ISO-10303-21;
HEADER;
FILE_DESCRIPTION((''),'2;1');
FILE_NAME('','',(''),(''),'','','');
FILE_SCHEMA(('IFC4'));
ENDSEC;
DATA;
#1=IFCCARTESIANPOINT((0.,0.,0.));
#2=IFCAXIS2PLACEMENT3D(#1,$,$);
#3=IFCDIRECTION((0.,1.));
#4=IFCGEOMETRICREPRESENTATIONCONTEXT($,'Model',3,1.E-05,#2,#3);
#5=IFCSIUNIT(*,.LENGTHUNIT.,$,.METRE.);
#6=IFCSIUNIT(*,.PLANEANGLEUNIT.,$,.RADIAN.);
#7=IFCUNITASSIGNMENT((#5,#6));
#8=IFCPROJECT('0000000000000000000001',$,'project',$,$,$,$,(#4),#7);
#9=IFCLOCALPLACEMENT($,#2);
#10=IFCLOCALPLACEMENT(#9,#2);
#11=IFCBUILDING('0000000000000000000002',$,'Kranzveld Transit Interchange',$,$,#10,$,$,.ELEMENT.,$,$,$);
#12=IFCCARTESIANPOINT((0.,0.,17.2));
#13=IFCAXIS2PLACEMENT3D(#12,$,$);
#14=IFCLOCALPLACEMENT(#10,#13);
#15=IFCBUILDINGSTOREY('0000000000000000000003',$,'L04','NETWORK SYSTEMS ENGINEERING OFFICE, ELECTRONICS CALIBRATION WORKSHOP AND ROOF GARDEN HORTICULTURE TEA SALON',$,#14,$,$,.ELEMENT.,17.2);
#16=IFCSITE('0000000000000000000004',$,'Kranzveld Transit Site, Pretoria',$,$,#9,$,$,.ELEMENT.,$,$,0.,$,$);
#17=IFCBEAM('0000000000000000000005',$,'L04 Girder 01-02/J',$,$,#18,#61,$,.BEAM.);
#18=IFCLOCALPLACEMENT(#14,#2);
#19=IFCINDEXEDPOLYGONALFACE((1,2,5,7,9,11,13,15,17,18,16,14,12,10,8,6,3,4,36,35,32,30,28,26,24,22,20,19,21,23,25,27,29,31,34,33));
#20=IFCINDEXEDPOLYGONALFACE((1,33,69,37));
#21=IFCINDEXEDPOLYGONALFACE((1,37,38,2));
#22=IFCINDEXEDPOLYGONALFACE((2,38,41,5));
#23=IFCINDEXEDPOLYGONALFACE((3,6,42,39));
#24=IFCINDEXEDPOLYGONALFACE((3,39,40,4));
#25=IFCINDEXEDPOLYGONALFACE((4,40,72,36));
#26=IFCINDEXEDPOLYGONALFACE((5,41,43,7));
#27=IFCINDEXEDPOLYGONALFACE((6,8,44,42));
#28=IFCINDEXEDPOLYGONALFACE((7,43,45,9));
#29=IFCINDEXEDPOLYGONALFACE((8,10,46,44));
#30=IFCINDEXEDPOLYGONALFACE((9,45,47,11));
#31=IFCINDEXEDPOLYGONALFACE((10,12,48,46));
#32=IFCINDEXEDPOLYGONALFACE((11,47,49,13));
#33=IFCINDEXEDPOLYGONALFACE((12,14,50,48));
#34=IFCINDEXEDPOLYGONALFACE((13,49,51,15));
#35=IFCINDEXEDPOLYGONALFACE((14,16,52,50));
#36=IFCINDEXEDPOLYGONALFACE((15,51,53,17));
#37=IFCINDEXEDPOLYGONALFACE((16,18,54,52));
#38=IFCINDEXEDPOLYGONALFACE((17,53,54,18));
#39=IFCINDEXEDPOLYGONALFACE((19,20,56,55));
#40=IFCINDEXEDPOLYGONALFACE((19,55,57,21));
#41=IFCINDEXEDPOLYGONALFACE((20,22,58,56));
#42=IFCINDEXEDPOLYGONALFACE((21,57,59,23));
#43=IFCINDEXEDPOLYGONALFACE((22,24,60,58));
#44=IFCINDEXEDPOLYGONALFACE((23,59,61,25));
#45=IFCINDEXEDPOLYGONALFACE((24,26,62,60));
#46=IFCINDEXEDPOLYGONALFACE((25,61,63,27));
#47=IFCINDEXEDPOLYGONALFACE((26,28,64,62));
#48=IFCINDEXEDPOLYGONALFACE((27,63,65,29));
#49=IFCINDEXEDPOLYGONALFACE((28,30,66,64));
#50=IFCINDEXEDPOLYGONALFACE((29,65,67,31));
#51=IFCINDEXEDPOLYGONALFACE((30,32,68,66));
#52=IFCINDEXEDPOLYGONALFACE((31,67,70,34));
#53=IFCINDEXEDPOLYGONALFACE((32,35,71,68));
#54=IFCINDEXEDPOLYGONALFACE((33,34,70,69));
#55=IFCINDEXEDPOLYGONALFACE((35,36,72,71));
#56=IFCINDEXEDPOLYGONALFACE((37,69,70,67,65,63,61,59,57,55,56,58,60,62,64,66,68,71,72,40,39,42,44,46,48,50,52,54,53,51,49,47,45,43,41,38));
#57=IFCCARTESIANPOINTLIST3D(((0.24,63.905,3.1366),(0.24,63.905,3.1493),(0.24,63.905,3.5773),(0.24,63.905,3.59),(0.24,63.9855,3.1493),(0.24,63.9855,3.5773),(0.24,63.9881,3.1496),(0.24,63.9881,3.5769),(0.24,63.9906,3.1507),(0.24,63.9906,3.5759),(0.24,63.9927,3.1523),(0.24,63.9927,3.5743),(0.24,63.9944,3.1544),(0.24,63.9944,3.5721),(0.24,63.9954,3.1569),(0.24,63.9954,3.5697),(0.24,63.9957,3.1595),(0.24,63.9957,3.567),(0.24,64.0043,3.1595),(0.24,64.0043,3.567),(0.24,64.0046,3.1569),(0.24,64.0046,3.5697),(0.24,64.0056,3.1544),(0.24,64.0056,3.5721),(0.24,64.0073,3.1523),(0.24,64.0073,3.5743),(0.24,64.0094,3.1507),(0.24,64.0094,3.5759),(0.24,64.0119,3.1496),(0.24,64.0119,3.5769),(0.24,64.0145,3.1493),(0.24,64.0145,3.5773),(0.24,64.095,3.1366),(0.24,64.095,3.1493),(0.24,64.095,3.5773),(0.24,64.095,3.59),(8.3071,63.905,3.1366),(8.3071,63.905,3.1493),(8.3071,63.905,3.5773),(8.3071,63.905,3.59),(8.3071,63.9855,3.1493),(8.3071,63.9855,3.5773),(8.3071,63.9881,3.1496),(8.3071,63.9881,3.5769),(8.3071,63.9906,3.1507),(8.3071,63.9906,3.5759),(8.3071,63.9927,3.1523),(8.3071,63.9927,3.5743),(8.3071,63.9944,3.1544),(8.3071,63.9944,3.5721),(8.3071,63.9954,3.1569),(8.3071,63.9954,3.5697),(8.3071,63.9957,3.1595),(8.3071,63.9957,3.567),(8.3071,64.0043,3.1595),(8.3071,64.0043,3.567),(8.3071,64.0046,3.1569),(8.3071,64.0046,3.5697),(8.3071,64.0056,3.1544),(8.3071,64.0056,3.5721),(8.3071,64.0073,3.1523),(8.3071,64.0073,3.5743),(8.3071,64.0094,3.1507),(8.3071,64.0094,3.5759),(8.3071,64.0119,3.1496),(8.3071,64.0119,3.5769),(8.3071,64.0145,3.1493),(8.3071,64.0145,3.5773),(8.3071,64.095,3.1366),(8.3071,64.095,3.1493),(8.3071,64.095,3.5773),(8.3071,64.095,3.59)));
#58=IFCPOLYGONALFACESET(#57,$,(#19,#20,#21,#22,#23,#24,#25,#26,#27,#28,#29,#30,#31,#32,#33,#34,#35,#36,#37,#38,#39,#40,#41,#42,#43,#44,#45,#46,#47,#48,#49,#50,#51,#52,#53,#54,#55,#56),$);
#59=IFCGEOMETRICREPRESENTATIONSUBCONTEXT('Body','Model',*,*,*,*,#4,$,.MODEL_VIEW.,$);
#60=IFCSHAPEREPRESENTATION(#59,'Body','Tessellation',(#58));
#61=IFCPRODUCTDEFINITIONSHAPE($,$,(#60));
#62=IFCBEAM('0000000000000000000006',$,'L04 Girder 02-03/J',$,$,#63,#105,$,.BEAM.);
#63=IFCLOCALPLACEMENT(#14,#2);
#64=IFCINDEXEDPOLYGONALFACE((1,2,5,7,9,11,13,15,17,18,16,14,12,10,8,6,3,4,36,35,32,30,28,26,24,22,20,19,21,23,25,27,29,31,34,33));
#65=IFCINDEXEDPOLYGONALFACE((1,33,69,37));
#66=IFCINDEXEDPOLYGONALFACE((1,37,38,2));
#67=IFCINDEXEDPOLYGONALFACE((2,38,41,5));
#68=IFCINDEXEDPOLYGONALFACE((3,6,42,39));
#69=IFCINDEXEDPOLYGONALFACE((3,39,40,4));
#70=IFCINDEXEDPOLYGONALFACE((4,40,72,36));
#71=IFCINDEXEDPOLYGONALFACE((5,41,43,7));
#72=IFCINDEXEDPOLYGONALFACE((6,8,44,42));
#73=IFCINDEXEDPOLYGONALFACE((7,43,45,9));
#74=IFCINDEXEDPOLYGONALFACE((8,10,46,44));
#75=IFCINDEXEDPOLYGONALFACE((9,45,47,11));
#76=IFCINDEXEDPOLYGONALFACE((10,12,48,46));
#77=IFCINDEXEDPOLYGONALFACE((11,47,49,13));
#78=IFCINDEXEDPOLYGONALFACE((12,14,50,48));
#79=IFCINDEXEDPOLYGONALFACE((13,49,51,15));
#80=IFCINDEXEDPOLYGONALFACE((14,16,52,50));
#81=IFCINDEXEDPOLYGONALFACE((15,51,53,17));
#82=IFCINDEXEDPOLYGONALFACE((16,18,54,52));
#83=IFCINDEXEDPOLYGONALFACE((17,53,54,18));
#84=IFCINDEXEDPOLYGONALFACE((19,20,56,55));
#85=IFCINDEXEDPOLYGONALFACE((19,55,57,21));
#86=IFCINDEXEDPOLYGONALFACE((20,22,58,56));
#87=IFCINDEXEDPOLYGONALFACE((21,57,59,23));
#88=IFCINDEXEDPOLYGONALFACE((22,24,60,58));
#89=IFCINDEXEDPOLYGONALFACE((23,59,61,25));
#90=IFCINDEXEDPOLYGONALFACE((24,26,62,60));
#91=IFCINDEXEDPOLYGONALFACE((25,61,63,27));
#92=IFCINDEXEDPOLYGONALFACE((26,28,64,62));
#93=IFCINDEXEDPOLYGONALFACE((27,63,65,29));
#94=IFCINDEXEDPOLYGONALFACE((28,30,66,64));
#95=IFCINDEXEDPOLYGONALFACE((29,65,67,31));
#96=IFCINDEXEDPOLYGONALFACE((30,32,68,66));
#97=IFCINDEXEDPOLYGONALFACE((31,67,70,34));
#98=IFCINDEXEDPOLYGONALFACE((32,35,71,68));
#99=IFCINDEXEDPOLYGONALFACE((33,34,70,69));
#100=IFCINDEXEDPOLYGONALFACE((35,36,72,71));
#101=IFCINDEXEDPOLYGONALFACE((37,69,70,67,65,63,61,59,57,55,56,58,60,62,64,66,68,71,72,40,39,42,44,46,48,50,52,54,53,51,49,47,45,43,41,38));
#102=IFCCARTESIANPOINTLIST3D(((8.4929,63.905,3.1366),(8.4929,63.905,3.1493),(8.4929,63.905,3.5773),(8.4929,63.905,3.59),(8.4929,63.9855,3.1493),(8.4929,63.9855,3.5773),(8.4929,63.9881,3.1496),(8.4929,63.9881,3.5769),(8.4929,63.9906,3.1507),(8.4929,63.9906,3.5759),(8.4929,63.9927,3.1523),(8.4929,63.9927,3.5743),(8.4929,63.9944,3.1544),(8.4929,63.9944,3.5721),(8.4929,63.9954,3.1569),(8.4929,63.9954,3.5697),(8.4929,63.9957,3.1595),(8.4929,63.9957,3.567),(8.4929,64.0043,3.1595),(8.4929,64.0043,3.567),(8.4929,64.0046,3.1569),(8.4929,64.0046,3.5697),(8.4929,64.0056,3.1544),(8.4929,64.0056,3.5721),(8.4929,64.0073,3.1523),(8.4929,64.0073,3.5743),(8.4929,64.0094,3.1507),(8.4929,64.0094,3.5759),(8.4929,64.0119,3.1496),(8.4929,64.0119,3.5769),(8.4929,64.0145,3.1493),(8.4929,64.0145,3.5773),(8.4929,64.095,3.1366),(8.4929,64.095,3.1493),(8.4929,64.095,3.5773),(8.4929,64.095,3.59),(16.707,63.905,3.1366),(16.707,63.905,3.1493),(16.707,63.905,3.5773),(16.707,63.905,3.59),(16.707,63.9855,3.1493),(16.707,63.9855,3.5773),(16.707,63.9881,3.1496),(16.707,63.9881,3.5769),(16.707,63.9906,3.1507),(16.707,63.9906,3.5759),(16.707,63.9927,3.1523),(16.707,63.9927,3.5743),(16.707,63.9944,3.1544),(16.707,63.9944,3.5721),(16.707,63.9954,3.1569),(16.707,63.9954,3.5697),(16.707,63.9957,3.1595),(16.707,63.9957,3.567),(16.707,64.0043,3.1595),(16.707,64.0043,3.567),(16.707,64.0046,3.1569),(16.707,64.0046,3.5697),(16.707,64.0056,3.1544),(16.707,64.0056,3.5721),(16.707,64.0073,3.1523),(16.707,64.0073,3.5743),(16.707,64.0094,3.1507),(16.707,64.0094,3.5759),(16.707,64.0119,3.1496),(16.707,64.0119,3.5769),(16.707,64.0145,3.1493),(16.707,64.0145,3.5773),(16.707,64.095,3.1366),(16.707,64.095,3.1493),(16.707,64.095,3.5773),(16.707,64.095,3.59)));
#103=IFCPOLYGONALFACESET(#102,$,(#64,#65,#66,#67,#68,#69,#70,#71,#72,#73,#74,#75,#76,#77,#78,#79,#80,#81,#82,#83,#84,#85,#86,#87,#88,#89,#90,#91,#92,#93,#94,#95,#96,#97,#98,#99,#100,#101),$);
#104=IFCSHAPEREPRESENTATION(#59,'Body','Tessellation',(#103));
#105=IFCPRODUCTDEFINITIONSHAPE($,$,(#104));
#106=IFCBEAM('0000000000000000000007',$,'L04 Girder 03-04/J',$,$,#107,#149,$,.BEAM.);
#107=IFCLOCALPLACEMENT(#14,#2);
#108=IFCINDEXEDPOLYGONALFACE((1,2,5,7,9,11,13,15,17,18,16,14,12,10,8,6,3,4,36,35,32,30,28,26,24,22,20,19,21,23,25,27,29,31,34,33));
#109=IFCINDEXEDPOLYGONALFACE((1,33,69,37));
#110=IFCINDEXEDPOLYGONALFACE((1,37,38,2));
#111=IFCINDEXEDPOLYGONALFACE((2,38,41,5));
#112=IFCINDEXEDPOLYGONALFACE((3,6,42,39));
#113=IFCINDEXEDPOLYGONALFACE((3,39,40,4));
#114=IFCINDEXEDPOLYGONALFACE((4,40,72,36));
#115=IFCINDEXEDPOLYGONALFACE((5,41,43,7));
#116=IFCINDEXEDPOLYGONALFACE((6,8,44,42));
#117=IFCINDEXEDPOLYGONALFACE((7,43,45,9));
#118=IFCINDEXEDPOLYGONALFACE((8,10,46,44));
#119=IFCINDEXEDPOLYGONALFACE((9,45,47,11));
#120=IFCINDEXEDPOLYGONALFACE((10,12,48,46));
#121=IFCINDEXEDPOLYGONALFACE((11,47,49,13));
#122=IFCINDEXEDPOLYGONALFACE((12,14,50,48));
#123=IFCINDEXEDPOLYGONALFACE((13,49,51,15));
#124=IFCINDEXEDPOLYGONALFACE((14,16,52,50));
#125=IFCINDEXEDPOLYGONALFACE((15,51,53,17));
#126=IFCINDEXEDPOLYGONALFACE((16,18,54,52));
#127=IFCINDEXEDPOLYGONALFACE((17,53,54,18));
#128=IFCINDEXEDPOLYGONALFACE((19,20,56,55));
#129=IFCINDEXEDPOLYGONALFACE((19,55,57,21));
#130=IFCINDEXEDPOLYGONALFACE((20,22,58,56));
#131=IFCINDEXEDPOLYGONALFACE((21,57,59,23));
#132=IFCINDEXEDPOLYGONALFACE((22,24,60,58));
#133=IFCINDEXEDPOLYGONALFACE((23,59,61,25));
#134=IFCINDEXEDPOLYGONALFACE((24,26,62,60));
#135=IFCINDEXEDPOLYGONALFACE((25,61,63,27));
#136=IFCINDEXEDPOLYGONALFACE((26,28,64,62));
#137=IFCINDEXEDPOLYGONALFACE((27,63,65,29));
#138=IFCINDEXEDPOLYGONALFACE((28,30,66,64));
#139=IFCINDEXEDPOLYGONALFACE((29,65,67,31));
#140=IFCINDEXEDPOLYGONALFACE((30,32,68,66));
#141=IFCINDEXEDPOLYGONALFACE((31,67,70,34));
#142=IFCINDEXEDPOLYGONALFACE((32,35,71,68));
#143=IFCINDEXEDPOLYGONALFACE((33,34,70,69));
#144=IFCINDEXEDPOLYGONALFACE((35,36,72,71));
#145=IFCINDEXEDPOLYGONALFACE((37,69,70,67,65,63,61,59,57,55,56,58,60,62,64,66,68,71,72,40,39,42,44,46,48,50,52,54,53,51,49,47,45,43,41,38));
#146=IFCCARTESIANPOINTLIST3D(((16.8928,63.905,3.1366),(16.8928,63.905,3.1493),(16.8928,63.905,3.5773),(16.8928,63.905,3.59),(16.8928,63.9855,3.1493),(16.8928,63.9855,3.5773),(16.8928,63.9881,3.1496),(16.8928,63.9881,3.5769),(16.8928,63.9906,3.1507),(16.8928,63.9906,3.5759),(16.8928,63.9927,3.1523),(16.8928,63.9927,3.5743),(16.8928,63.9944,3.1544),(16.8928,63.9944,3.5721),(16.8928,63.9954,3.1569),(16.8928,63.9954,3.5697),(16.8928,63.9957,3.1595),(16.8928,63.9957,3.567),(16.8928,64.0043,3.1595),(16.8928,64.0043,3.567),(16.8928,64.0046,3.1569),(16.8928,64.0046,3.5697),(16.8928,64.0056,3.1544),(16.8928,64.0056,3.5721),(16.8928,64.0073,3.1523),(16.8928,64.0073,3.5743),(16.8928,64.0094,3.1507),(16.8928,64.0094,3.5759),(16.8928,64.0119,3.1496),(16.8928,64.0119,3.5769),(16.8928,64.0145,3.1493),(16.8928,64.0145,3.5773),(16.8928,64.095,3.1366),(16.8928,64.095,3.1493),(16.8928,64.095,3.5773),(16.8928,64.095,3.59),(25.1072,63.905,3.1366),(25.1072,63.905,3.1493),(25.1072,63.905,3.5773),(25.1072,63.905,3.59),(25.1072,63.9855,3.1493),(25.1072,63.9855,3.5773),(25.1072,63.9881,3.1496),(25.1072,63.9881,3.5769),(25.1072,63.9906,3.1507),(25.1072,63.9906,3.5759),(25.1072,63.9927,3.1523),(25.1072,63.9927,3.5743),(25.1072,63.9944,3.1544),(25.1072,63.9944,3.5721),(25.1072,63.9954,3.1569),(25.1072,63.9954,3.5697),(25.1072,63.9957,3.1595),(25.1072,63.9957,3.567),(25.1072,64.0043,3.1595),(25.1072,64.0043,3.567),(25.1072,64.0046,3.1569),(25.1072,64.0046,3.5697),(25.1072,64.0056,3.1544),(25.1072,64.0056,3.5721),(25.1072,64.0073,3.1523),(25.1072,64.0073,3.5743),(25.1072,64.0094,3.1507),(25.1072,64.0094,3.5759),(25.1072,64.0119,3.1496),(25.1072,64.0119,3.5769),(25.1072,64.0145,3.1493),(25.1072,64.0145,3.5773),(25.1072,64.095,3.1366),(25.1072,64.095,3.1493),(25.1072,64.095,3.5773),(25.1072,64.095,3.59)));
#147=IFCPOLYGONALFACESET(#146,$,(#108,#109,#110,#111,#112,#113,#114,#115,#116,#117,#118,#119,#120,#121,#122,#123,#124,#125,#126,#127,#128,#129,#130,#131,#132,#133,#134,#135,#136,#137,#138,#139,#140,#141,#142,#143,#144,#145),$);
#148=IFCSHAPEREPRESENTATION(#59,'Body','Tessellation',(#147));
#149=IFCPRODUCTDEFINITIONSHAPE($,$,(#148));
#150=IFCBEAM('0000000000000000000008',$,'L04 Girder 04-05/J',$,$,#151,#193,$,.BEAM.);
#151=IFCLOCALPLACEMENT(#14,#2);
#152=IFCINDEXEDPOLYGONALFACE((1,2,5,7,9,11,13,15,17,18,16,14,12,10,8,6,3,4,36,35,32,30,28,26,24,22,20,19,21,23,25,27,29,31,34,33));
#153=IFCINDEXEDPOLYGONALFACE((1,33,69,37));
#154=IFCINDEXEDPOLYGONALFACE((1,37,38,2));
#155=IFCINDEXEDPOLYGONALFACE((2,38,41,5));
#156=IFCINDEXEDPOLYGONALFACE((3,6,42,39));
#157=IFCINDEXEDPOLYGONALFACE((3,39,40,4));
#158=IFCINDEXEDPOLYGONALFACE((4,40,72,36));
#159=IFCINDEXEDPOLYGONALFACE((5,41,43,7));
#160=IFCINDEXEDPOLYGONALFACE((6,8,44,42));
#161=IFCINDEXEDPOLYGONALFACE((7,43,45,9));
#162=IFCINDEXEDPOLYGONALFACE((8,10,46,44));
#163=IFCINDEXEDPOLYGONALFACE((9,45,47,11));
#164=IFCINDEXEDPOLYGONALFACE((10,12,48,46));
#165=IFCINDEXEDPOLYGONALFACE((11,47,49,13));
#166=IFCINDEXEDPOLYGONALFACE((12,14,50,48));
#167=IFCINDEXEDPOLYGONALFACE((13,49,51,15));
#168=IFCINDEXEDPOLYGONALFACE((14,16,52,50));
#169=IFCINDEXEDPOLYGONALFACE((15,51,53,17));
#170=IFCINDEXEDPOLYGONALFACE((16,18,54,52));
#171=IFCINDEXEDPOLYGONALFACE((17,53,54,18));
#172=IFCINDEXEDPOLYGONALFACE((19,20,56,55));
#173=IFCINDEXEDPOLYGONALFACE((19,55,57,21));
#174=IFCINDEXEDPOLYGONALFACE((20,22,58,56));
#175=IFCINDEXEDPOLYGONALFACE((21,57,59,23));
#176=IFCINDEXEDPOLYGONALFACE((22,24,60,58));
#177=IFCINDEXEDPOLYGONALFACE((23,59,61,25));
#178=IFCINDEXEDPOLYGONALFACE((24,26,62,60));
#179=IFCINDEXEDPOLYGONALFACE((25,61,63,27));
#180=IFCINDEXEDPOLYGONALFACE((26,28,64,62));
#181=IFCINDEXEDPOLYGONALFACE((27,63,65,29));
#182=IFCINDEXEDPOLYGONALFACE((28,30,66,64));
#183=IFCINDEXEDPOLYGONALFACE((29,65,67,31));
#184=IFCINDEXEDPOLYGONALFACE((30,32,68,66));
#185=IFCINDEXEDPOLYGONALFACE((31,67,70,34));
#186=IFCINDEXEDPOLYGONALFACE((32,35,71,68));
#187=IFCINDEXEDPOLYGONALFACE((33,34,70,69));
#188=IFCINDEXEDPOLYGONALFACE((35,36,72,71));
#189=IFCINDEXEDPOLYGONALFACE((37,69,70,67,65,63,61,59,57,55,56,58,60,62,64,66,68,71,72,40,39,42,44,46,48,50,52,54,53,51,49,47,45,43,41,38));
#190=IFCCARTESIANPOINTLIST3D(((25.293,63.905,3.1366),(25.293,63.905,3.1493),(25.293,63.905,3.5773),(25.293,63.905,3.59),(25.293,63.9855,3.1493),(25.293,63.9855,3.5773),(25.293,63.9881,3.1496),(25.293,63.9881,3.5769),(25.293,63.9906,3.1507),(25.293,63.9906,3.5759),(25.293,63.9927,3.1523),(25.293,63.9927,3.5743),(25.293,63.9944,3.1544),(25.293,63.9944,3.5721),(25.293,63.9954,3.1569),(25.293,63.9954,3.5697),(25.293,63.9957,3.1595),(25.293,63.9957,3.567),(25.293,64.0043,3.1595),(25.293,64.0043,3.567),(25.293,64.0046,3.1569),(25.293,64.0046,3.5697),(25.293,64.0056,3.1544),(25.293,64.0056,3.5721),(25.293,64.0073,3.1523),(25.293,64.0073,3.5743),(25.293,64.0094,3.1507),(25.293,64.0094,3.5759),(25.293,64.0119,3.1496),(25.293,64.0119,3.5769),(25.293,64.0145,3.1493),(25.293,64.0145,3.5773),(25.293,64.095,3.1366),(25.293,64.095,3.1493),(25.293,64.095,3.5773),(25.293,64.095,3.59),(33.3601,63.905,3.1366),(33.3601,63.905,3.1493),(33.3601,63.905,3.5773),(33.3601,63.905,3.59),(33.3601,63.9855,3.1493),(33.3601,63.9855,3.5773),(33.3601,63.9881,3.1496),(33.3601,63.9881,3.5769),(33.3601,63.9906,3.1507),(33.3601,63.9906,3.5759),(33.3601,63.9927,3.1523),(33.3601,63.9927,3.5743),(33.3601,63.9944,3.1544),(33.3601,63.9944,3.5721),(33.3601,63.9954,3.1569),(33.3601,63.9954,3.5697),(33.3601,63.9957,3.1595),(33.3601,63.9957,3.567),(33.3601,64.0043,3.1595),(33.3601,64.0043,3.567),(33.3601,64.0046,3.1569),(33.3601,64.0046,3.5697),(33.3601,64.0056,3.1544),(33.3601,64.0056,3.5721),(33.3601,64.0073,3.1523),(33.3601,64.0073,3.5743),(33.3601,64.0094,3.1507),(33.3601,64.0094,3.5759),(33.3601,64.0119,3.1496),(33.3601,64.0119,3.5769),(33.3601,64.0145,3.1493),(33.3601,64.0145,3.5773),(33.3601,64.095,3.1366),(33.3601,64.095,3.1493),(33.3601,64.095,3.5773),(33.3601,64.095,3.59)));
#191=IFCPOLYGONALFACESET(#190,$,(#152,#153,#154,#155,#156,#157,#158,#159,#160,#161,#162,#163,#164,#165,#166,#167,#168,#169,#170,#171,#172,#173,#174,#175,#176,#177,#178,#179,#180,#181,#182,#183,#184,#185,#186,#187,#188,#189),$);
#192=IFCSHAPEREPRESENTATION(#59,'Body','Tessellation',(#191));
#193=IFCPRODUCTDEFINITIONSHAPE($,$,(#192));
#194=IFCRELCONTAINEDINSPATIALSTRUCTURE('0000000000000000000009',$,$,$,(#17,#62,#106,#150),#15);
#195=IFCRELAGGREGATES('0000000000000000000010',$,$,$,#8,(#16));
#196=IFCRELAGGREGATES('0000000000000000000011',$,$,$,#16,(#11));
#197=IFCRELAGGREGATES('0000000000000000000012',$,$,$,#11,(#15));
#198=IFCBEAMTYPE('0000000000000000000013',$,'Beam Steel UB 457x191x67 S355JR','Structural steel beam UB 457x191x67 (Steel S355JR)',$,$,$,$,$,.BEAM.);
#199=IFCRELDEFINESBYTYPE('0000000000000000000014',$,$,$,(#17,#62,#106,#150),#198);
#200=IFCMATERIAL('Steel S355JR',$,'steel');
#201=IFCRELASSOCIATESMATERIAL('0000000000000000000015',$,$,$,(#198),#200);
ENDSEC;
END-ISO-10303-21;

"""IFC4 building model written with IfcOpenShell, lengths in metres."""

from ifc_helpers import new_model, si_unit, direction, frame, origin, origin_2d, place, context, subcontext, project, spatial, i_section, extrude, material, material_profile, profile_set, type_object, element, save


model = new_model("IFC4")

# Units and contexts
model_context = context("Model", 3, precision=1e-05, world=origin(), true_north=direction((0.0, 1.0)))
body_context = subcontext(model_context, "Body", "Model", "MODEL_VIEW")
ifc_project = project(units=[si_unit("LENGTHUNIT", "METRE"), si_unit("PLANEANGLEUNIT", "RADIAN")], contexts=[model_context])

# Site, building, storey
site_placement = place(None, origin())
site = spatial("IfcSite", under=ifc_project, at=site_placement, Name="Kranzveld Transit Site, Pretoria", CompositionType="ELEMENT", RefElevation=0.0)
building_placement = place(site_placement, origin())
building = spatial("IfcBuilding", under=site, at=building_placement, Name="Kranzveld Transit Interchange", CompositionType="ELEMENT")
storey_placement = place(building_placement, frame((0.0, 0.0, 17.2)))
storey = spatial("IfcBuildingStorey", under=building, at=storey_placement, Name="L04", Description="NETWORK SYSTEMS ENGINEERING OFFICE, ELECTRONICS CALIBRATION WORKSHOP AND ROOF GARDEN HORTICULTURE TEA SALON", CompositionType="ELEMENT", Elevation=17.2)

# Beams
ifc_material_1 = material(Name="Steel S355JR", Category="steel")
ifc_material_profile_1 = material_profile(ifc_material_1, i_section(OverallWidth=0.1899, OverallDepth=0.4534, WebThickness=0.0085, FlangeThickness=0.0127, FilletRadius=0.0103, at=origin_2d()), Name="UB 457x191x67")
ifc_profile_set_1 = profile_set([ifc_material_profile_1], Name="Steel S355JR")
beam_type_1 = type_object("IfcBeamType", Name="Beam Steel UB 457x191x67 S355JR", Description="Structural steel beam UB 457x191x67 (Steel S355JR)", PredefinedType="BEAM", material=ifc_profile_set_1)
beam_1_placement = place(storey_placement, frame((0.24, 64.0, 3.3633), z_axis=(1.0, 0.0, 0.0), x_axis=(0.0, 1.0, 0.0)))
element("IfcBeam", 1, at=beam_1_placement, inside=storey, type_object=beam_type_1, Name="L04 Girder 01-02/J", PredefinedType="BEAM", context=body_context, shape_type="SweptSolid", body=[
    extrude(i_section(OverallWidth=0.1899, OverallDepth=0.4534, WebThickness=0.0085, FlangeThickness=0.0127, FilletRadius=0.0103, at=origin_2d()), origin(), (0.0, 0.0, 1.0), 8.0671),
])
beam_2_placement = place(storey_placement, frame((8.4929, 64.0, 3.3633), z_axis=(1.0, 0.0, 0.0), x_axis=(0.0, 1.0, 0.0)))
element("IfcBeam", 2, at=beam_2_placement, inside=storey, type_object=beam_type_1, Name="L04 Girder 02-03/J", PredefinedType="BEAM", context=body_context, shape_type="SweptSolid", body=[
    extrude(i_section(OverallWidth=0.1899, OverallDepth=0.4534, WebThickness=0.0085, FlangeThickness=0.0127, FilletRadius=0.0103, at=origin_2d()), origin(), (0.0, 0.0, 1.0), 8.2141),
])
beam_3_placement = place(storey_placement, frame((16.8928, 64.0, 3.3633), z_axis=(1.0, 0.0, 0.0), x_axis=(0.0, 1.0, 0.0)))
element("IfcBeam", 3, at=beam_3_placement, inside=storey, type_object=beam_type_1, Name="L04 Girder 03-04/J", PredefinedType="BEAM", context=body_context, shape_type="SweptSolid", body=[
    extrude(i_section(OverallWidth=0.1899, OverallDepth=0.4534, WebThickness=0.0085, FlangeThickness=0.0127, FilletRadius=0.0103, at=origin_2d()), origin(), (0.0, 0.0, 1.0), 8.2144),
])
beam_4_placement = place(storey_placement, frame((25.293, 64.0, 3.3633), z_axis=(1.0, 0.0, 0.0), x_axis=(0.0, 1.0, 0.0)))
element("IfcBeam", 4, at=beam_4_placement, inside=storey, type_object=beam_type_1, Name="L04 Girder 04-05/J", PredefinedType="BEAM", context=body_context, shape_type="SweptSolid", body=[
    extrude(i_section(OverallWidth=0.1899, OverallDepth=0.4534, WebThickness=0.0085, FlangeThickness=0.0127, FilletRadius=0.0103, at=origin_2d()), origin(), (0.0, 0.0, 1.0), 8.0671),
])

save(model, "model.ifc")
